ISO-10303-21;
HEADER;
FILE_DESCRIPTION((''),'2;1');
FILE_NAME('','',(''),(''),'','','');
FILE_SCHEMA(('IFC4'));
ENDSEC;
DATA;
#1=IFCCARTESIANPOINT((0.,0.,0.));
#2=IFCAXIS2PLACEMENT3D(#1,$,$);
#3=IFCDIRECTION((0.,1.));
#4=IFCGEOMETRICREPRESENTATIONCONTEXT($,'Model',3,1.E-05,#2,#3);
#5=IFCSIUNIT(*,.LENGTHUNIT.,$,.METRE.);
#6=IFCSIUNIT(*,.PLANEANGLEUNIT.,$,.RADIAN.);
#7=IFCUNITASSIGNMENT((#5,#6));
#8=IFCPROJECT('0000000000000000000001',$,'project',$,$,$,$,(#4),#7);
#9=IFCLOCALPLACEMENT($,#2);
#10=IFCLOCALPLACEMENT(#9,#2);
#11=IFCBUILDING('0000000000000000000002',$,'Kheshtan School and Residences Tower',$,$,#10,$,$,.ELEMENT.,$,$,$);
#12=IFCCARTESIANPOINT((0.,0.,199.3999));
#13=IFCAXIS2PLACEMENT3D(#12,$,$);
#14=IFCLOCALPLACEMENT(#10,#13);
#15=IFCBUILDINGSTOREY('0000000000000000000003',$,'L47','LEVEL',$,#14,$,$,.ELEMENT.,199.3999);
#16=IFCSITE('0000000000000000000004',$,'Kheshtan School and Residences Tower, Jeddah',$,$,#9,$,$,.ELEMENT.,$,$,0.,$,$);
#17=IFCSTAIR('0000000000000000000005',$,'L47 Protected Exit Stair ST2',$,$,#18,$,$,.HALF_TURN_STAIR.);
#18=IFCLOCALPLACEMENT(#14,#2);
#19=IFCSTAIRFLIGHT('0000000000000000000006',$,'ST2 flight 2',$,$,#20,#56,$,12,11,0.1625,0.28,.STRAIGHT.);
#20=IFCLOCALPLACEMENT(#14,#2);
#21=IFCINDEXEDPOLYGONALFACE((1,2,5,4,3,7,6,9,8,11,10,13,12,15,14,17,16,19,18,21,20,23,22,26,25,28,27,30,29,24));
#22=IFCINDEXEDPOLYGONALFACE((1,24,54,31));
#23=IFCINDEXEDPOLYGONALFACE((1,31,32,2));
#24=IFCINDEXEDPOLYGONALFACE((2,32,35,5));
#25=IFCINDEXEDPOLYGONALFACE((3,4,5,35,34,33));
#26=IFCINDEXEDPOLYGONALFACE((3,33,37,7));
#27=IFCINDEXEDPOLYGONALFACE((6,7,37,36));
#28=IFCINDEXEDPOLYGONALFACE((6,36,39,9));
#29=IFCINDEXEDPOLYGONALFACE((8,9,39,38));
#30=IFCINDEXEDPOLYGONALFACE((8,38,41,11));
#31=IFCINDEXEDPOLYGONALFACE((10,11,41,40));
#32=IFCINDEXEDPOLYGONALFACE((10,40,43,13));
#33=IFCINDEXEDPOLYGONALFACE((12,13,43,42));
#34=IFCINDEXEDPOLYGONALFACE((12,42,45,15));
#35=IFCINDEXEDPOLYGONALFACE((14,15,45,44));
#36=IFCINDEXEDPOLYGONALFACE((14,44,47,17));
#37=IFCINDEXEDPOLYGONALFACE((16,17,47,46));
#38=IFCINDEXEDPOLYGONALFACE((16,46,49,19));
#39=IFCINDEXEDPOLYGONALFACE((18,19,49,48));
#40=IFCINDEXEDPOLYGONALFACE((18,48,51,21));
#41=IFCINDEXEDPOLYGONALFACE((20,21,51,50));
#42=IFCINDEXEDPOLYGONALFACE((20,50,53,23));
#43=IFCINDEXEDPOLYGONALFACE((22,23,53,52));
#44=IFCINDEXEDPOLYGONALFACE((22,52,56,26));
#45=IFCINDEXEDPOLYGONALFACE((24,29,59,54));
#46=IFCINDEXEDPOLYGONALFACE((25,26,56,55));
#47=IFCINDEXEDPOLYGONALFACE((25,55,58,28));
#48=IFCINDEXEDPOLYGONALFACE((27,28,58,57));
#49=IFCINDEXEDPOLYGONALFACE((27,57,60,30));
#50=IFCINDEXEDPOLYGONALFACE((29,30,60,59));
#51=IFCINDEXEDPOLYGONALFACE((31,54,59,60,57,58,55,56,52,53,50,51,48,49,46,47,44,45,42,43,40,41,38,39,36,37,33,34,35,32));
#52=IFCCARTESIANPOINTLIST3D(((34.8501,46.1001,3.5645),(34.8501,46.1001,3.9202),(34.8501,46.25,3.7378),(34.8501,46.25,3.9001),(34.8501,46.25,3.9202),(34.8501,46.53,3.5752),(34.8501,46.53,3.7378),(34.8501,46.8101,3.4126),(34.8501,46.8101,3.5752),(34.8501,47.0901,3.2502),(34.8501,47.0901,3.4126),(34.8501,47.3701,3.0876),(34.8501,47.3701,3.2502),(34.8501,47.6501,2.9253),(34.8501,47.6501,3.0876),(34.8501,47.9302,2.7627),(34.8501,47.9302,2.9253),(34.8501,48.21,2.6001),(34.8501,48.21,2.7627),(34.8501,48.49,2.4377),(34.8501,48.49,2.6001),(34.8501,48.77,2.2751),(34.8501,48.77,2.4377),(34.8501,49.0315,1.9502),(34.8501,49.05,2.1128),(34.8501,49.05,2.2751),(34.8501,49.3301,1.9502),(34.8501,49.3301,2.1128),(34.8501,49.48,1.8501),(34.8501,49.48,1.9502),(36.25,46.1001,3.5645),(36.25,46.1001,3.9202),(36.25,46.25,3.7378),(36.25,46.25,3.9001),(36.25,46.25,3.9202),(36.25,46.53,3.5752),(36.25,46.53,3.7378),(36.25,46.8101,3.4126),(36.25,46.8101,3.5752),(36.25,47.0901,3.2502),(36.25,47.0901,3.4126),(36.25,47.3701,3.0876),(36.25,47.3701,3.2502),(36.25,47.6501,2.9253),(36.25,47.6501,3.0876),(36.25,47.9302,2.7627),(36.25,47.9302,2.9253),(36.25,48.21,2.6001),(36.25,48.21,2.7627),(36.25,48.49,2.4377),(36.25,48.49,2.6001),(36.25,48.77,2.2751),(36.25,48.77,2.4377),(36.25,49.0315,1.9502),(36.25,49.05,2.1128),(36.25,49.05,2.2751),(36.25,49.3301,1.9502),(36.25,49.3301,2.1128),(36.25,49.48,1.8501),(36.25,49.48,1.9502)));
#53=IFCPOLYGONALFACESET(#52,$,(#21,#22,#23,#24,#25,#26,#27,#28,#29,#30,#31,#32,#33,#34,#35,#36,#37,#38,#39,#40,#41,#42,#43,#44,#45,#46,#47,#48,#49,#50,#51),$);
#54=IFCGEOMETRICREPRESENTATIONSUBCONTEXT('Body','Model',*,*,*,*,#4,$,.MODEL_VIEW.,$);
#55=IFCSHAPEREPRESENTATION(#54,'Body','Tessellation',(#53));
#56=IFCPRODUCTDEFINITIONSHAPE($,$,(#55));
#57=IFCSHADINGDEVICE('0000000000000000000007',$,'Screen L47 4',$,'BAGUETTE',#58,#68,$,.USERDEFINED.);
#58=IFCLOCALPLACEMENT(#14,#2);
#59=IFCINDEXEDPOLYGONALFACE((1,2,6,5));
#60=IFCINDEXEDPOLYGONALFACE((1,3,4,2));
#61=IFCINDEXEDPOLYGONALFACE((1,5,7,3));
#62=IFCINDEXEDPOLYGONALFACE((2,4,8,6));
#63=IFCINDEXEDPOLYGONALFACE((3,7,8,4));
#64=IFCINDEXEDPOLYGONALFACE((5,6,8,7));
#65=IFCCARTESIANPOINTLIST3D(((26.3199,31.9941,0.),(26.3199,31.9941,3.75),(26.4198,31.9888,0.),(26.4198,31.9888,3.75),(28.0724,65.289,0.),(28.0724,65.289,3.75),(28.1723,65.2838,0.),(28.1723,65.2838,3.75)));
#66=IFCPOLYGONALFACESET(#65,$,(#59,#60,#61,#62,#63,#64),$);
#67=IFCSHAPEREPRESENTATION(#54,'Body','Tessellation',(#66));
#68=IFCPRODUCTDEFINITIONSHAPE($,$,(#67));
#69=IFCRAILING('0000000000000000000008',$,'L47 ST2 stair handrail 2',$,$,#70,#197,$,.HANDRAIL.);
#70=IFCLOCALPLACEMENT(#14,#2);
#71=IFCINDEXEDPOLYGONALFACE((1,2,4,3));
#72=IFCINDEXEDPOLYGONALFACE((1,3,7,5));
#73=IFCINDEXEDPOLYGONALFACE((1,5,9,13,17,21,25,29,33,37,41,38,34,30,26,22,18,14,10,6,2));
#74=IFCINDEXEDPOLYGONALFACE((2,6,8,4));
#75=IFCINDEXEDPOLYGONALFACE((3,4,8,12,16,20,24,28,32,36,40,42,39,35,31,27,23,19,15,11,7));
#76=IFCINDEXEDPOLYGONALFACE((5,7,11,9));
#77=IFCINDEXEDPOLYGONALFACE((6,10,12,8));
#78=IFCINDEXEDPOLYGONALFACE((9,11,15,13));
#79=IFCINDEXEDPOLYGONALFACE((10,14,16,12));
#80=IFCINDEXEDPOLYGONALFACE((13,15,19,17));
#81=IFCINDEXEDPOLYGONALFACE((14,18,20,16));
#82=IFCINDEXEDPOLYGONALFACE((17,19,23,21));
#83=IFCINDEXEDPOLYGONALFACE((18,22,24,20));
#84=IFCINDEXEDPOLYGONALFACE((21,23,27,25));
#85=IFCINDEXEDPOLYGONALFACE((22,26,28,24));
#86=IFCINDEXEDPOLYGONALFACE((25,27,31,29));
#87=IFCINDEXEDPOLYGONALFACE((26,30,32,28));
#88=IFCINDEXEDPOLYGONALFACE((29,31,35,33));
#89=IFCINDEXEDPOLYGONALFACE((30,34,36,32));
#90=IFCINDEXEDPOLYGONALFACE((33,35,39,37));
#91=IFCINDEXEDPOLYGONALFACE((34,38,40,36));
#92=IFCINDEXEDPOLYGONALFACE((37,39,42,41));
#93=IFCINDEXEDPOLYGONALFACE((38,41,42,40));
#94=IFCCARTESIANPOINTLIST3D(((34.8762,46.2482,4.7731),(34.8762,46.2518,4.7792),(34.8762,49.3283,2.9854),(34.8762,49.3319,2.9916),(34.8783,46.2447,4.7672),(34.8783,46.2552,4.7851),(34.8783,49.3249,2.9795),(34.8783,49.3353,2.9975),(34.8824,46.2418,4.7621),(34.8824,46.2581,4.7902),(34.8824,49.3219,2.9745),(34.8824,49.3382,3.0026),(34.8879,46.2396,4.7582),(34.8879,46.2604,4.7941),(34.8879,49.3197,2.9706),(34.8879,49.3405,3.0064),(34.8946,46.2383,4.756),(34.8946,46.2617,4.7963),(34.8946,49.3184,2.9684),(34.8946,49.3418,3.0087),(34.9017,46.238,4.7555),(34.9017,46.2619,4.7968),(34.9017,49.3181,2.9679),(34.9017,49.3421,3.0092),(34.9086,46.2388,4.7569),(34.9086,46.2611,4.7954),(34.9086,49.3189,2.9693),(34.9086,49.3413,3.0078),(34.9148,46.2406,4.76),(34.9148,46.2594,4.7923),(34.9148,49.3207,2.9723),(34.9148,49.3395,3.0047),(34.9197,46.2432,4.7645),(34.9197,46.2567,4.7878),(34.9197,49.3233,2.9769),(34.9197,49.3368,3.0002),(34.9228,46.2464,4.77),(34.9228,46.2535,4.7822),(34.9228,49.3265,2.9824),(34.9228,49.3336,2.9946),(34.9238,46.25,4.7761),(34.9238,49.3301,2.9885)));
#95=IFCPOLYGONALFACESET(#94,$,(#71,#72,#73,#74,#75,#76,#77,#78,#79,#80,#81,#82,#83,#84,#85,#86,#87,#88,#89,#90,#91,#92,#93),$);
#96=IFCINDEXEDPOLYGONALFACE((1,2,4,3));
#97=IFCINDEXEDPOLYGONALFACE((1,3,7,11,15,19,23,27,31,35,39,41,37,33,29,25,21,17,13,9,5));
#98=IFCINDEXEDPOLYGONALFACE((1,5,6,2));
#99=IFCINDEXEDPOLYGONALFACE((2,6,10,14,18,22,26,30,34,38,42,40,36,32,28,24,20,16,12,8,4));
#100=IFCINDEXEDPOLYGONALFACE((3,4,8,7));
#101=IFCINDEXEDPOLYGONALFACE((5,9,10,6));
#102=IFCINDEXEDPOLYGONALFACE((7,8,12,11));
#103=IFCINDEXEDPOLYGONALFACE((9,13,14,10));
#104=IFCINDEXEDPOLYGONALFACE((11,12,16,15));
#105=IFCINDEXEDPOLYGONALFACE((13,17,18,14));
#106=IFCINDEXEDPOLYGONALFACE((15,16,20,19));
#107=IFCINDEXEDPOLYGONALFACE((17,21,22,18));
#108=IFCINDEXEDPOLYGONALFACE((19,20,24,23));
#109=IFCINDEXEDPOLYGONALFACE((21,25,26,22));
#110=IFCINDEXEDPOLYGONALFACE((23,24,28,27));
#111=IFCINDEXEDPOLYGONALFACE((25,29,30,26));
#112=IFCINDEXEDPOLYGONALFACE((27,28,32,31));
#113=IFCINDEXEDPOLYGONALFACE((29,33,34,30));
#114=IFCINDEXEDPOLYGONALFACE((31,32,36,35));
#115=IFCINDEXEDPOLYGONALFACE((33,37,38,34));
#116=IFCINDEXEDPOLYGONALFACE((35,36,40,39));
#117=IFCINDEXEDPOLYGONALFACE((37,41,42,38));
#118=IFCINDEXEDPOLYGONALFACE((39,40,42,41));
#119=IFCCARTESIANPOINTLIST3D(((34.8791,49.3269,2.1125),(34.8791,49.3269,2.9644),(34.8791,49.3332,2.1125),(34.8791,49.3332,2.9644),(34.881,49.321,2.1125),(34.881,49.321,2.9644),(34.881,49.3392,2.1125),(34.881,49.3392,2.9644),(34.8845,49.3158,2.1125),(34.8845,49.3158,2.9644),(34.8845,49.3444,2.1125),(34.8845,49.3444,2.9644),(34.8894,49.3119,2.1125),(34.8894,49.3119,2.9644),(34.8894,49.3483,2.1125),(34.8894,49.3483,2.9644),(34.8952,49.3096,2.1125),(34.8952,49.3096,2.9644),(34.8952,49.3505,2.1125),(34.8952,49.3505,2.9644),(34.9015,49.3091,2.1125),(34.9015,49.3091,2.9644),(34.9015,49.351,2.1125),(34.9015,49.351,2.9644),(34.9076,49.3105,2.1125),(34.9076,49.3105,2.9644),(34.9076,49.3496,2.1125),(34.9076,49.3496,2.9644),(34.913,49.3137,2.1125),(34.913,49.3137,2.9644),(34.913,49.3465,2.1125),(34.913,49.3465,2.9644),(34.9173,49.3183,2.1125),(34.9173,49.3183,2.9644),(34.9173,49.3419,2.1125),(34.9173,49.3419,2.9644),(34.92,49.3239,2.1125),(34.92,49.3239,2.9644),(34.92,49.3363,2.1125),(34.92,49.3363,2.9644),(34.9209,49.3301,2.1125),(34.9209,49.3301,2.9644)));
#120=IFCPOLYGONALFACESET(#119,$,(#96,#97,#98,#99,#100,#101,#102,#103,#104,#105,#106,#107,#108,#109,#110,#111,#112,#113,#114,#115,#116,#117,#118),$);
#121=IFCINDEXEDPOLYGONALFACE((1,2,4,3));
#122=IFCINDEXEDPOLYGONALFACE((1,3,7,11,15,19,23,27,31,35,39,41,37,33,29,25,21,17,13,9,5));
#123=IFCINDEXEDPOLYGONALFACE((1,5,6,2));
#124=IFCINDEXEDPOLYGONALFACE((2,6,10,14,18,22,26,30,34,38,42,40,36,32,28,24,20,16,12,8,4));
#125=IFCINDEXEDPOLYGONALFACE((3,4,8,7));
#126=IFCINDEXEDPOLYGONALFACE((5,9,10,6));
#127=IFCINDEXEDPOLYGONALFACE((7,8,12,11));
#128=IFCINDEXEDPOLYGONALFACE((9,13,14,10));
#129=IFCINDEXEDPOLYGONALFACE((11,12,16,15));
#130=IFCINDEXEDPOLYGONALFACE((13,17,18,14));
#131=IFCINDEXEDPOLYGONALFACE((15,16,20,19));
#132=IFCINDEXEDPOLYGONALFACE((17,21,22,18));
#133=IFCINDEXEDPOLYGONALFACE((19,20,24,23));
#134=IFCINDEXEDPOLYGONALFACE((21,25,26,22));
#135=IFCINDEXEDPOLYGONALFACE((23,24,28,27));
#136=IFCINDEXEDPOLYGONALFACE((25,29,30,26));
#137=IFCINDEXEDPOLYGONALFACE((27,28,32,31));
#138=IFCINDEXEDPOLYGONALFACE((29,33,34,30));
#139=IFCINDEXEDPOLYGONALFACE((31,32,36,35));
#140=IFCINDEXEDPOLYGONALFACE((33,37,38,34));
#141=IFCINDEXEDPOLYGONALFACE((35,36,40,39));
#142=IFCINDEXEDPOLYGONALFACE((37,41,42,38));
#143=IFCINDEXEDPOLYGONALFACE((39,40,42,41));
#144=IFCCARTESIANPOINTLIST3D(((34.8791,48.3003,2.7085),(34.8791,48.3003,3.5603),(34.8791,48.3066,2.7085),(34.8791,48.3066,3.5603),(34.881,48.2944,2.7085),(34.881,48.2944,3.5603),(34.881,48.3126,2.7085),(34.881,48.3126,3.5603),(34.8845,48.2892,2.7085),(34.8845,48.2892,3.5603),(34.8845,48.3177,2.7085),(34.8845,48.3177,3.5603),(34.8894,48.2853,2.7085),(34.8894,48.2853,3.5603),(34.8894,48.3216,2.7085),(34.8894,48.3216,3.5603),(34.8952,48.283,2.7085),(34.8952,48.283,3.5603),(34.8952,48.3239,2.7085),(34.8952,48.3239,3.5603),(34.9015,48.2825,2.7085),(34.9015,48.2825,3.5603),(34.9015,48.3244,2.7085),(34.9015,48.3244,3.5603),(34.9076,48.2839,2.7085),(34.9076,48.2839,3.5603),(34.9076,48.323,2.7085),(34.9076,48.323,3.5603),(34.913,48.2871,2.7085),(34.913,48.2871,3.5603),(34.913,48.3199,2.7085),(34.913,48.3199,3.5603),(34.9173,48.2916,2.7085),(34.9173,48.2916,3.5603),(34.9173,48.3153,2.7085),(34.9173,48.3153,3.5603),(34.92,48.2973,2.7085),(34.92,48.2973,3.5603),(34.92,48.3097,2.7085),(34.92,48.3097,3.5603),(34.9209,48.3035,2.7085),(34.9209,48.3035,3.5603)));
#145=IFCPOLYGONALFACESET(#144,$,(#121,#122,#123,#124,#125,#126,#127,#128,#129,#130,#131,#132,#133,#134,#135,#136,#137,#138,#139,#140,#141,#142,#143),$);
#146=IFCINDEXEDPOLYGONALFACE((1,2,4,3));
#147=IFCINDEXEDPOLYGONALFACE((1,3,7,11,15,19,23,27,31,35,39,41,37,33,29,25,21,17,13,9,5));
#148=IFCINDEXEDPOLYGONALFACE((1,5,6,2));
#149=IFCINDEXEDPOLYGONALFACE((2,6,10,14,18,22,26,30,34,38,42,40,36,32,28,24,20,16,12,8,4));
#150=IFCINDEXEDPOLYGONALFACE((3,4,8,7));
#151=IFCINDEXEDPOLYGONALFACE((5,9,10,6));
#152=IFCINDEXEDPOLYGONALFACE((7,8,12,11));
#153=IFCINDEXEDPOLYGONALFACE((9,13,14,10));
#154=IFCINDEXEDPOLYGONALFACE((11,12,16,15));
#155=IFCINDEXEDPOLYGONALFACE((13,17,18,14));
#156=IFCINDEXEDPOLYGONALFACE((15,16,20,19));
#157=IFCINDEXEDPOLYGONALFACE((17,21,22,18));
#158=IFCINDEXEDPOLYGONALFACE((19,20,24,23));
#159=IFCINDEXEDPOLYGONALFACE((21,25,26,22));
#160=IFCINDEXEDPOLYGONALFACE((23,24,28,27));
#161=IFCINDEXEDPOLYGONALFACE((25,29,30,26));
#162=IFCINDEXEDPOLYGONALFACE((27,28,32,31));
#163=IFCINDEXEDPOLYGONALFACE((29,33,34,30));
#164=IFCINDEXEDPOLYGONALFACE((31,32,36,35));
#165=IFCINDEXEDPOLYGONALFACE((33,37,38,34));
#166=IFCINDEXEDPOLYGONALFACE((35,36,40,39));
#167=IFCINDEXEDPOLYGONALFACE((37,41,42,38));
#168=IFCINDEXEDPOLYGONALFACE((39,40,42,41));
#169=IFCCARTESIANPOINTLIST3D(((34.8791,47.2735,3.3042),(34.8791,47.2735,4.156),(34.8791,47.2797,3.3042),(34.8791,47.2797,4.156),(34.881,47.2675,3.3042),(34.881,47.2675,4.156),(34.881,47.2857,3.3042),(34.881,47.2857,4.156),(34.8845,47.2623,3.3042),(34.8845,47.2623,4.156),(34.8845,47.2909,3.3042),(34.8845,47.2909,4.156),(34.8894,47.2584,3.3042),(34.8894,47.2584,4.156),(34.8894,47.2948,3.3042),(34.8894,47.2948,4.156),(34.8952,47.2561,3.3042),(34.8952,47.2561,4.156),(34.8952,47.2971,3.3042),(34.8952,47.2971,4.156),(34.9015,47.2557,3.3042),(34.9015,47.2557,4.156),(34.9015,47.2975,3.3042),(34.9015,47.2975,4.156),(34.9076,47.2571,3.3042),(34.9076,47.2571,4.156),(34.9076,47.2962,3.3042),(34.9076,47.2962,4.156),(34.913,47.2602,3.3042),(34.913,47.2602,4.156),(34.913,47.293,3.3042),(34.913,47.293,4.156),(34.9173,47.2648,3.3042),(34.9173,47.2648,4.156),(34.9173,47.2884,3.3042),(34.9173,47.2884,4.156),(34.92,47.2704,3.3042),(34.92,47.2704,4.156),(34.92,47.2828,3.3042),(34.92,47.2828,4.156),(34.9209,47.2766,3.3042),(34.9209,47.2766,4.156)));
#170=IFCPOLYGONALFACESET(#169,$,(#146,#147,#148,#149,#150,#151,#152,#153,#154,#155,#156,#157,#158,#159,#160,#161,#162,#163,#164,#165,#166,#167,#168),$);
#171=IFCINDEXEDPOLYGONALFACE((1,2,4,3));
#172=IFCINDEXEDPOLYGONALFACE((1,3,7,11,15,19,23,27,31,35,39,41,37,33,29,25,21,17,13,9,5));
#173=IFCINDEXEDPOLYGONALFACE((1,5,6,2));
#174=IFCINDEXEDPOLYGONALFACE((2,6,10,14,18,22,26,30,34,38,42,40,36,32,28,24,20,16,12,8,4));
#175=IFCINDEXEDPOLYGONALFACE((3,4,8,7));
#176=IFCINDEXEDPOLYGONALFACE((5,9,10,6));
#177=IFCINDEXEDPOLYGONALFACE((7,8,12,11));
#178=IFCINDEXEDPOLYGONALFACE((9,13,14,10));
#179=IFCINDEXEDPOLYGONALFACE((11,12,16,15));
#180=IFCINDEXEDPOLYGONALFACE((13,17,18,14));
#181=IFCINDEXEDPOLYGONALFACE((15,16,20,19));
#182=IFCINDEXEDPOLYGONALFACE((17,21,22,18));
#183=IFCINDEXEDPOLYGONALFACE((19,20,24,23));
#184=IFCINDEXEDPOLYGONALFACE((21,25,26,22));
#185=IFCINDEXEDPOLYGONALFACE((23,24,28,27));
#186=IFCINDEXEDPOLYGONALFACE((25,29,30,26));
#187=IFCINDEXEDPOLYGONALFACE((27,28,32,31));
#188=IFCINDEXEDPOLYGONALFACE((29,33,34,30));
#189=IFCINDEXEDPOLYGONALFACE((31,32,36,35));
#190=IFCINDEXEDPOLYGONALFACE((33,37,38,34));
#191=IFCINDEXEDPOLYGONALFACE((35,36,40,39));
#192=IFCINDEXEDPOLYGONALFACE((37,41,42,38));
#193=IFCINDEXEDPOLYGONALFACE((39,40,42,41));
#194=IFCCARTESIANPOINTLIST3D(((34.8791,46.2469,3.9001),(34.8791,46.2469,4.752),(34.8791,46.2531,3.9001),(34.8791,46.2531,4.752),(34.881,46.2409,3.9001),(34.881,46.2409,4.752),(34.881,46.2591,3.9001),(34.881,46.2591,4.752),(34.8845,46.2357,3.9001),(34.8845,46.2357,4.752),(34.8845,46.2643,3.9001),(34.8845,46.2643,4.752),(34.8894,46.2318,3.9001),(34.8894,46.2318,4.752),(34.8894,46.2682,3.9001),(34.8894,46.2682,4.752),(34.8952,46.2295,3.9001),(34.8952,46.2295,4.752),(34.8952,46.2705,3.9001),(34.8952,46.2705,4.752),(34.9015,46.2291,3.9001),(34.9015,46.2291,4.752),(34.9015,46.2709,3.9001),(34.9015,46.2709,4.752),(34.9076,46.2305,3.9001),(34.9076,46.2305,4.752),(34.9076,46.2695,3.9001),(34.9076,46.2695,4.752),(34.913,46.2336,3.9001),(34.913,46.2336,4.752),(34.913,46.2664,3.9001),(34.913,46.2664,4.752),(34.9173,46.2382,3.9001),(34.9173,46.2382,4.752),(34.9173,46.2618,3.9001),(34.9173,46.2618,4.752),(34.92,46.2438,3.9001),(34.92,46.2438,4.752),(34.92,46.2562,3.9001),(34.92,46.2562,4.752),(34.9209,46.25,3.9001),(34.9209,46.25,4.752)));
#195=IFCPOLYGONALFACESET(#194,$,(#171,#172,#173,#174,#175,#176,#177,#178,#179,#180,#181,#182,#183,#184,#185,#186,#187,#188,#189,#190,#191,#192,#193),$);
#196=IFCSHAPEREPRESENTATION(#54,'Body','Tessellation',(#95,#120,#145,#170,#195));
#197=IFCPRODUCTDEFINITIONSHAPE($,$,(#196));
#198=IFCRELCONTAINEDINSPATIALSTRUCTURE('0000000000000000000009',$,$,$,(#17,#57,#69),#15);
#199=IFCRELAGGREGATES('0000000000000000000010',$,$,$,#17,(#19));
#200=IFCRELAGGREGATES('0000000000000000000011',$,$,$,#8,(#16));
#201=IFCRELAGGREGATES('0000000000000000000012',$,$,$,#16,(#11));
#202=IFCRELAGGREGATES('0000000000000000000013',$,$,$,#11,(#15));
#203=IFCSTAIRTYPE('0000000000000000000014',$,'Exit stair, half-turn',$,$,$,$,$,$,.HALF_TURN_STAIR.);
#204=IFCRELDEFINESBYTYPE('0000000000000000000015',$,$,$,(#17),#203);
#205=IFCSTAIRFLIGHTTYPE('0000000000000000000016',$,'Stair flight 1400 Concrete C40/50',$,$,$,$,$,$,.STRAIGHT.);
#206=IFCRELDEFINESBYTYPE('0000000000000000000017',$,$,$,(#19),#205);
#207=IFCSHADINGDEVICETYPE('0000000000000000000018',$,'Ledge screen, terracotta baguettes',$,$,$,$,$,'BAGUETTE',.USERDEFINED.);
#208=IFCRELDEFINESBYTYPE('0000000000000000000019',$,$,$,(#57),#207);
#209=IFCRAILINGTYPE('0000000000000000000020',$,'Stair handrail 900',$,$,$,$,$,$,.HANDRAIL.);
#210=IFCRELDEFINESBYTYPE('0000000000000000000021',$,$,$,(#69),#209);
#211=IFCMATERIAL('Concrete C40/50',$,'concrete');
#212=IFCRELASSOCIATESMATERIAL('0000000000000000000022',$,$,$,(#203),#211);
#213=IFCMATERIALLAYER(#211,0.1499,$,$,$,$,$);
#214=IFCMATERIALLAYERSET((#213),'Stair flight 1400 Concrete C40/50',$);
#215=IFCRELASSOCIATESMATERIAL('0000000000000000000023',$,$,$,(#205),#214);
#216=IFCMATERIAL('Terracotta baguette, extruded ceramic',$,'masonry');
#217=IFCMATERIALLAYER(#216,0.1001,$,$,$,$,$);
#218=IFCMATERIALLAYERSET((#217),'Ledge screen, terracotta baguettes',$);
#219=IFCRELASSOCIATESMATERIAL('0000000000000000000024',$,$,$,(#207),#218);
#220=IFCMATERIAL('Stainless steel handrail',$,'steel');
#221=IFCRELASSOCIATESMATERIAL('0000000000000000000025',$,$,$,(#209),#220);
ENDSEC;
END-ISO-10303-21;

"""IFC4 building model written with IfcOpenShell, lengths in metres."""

from ifc_helpers import new_model, si_unit, direction, frame, origin, origin_2d, place, context, subcontext, project, spatial, polyline, rectangle, circle, outline, extrude, material, layer, layer_set, type_object, element, aggregate, save


model = new_model("IFC4")

# Units and contexts
model_context = context("Model", 3, precision=1e-05, world=origin(), true_north=direction((0.0, 1.0)))
body_context = subcontext(model_context, "Body", "Model", "MODEL_VIEW")
ifc_project = project(units=[si_unit("LENGTHUNIT", "METRE"), si_unit("PLANEANGLEUNIT", "RADIAN")], contexts=[model_context])

# Site, building, storey
site_placement = place(None, origin())
site = spatial("IfcSite", under=ifc_project, at=site_placement, Name="Kheshtan School and Residences Tower, Jeddah", CompositionType="ELEMENT", RefElevation=0.0)
building_placement = place(site_placement, origin())
building = spatial("IfcBuilding", under=site, at=building_placement, Name="Kheshtan School and Residences Tower", CompositionType="ELEMENT")
storey_placement = place(building_placement, frame((0.0, 0.0, 199.3999)))
storey = spatial("IfcBuildingStorey", under=building, at=storey_placement, Name="L47", Description="LEVEL", CompositionType="ELEMENT", Elevation=199.3999)

# Shared definitions
ifc_material_1 = material(Name="Concrete C40/50", Category="concrete")

# Stair, stair flight
stair_type = type_object("IfcStairType", Name="Exit stair, half-turn", PredefinedType="HALF_TURN_STAIR", material=ifc_material_1)
stair_placement = place(storey_placement, origin())
stair = element("IfcStair", 1, at=stair_placement, inside=storey, type_object=stair_type, Name="L47 Protected Exit Stair ST2", PredefinedType="HALF_TURN_STAIR")
ifc_layer_1 = layer(ifc_material_1, 0.1499)
ifc_layer_set_1 = layer_set([ifc_layer_1], Name="Stair flight 1400 Concrete C40/50")
stair_flight_type = type_object("IfcStairFlightType", Name="Stair flight 1400 Concrete C40/50", PredefinedType="STRAIGHT", material=ifc_layer_set_1)
stair_flight_placement = place(storey_placement, frame((35.55, 49.3301, 1.9502), z_axis=(0.0, 0.0, 1.0), x_axis=(0.0, -1.0, 0.0)))
stair_flight = element("IfcStairFlight", 2, at=stair_flight_placement, type_object=stair_flight_type, Name="ST2 flight 2", NumberOfRisers=12, NumberOfTreads=11, PredefinedType="STRAIGHT", RiserHeight=0.1625, TreadLength=0.28, context=body_context, shape_type="SweptSolid", body=[
    extrude(outline(polyline([(-0.1499, -0.1001), (-0.1499, 0.0), (0.0, 0.0), (0.0, 0.1626), (0.28, 0.1626), (0.28, 0.325), (0.5601, 0.325), (0.5601, 0.4875), (0.8401, 0.4875), (0.8401, 0.6499), (1.1201, 0.6499), (1.1201, 0.8125), (1.3999, 0.8125), (1.3999, 0.9751), (1.6799, 0.9751), (1.6799, 1.1375), (1.96, 1.1375), (1.96, 1.3), (2.24, 1.3), (2.24, 1.4624), (2.52, 1.4624), (2.52, 1.625), (2.8, 1.625), (2.8, 1.7876), (3.0801, 1.7876), (3.0801, 1.95), (3.0801, 1.97), (3.23, 1.97), (3.23, 1.6143), (0.2986, 0.0), (-0.1499, -0.1001)])), frame((0.0, 0.7, 0.0), z_axis=(0.0, -1.0, 0.0), x_axis=(1.0, 0.0, 0.0)), (0.0, 0.0, 1.0), 1.3999),
])
aggregate(stair, [stair_flight])

# Shading device
ifc_material_2 = material(Name="Terracotta baguette, extruded ceramic", Category="masonry")
ifc_layer_2 = layer(ifc_material_2, 0.1001)
ifc_layer_set_2 = layer_set([ifc_layer_2], Name="Ledge screen, terracotta baguettes")
shading_device_type = type_object("IfcShadingDeviceType", Name="Ledge screen, terracotta baguettes", ElementType="BAGUETTE", PredefinedType="USERDEFINED", material=ifc_layer_set_2)
shading_device_placement = place(storey_placement, frame((27.2461, 48.6389, 0.0), z_axis=(0.0, 0.0, 1.0), x_axis=(0.052563, 0.998618, 0.0)))
element("IfcShadingDevice", 3, at=shading_device_placement, inside=storey, type_object=shading_device_type, Name="Screen L47 4", ObjectType="BAGUETTE", PredefinedType="USERDEFINED", context=body_context, shape_type="SweptSolid", body=[
    extrude(rectangle(XDim=33.3411, YDim=0.1001, at=origin_2d()), origin(), (0.0, 0.0, 1.0), 3.75),
])

# Railing
ifc_material_3 = material(Name="Stainless steel handrail", Category="steel")
railing_type = type_object("IfcRailingType", Name="Stair handrail 900", PredefinedType="HANDRAIL", material=ifc_material_3)
railing_placement = place(storey_placement, frame((34.8999, 49.3301, 2.1125)))
element("IfcRailing", 4, at=railing_placement, inside=storey, type_object=railing_type, Name="L47 ST2 stair handrail 2", PredefinedType="HANDRAIL", context=body_context, shape_type="SweptSolid", body=[
    extrude(circle(Radius=0.0239, at=origin_2d()), frame((0.0, 0.0, 0.876), z_axis=(0.0, -0.864891, 0.50196), x_axis=(1.0, 0.0, 0.0)), (0.0, 0.0, 1.0), 3.5613),
    extrude(circle(Radius=0.021, at=origin_2d()), origin(), (0.0, 0.0, 1.0), 0.8518),
    extrude(circle(Radius=0.021, at=origin_2d()), frame((0.0, -1.0266, 0.5959)), (0.0, 0.0, 1.0), 0.8518),
    extrude(circle(Radius=0.021, at=origin_2d()), frame((0.0, -2.0535, 1.1917)), (0.0, 0.0, 1.0), 0.8518),
    extrude(circle(Radius=0.021, at=origin_2d()), frame((0.0, -3.0801, 1.7876)), (0.0, 0.0, 1.0), 0.8518),
])

save(model, "model.ifc")
